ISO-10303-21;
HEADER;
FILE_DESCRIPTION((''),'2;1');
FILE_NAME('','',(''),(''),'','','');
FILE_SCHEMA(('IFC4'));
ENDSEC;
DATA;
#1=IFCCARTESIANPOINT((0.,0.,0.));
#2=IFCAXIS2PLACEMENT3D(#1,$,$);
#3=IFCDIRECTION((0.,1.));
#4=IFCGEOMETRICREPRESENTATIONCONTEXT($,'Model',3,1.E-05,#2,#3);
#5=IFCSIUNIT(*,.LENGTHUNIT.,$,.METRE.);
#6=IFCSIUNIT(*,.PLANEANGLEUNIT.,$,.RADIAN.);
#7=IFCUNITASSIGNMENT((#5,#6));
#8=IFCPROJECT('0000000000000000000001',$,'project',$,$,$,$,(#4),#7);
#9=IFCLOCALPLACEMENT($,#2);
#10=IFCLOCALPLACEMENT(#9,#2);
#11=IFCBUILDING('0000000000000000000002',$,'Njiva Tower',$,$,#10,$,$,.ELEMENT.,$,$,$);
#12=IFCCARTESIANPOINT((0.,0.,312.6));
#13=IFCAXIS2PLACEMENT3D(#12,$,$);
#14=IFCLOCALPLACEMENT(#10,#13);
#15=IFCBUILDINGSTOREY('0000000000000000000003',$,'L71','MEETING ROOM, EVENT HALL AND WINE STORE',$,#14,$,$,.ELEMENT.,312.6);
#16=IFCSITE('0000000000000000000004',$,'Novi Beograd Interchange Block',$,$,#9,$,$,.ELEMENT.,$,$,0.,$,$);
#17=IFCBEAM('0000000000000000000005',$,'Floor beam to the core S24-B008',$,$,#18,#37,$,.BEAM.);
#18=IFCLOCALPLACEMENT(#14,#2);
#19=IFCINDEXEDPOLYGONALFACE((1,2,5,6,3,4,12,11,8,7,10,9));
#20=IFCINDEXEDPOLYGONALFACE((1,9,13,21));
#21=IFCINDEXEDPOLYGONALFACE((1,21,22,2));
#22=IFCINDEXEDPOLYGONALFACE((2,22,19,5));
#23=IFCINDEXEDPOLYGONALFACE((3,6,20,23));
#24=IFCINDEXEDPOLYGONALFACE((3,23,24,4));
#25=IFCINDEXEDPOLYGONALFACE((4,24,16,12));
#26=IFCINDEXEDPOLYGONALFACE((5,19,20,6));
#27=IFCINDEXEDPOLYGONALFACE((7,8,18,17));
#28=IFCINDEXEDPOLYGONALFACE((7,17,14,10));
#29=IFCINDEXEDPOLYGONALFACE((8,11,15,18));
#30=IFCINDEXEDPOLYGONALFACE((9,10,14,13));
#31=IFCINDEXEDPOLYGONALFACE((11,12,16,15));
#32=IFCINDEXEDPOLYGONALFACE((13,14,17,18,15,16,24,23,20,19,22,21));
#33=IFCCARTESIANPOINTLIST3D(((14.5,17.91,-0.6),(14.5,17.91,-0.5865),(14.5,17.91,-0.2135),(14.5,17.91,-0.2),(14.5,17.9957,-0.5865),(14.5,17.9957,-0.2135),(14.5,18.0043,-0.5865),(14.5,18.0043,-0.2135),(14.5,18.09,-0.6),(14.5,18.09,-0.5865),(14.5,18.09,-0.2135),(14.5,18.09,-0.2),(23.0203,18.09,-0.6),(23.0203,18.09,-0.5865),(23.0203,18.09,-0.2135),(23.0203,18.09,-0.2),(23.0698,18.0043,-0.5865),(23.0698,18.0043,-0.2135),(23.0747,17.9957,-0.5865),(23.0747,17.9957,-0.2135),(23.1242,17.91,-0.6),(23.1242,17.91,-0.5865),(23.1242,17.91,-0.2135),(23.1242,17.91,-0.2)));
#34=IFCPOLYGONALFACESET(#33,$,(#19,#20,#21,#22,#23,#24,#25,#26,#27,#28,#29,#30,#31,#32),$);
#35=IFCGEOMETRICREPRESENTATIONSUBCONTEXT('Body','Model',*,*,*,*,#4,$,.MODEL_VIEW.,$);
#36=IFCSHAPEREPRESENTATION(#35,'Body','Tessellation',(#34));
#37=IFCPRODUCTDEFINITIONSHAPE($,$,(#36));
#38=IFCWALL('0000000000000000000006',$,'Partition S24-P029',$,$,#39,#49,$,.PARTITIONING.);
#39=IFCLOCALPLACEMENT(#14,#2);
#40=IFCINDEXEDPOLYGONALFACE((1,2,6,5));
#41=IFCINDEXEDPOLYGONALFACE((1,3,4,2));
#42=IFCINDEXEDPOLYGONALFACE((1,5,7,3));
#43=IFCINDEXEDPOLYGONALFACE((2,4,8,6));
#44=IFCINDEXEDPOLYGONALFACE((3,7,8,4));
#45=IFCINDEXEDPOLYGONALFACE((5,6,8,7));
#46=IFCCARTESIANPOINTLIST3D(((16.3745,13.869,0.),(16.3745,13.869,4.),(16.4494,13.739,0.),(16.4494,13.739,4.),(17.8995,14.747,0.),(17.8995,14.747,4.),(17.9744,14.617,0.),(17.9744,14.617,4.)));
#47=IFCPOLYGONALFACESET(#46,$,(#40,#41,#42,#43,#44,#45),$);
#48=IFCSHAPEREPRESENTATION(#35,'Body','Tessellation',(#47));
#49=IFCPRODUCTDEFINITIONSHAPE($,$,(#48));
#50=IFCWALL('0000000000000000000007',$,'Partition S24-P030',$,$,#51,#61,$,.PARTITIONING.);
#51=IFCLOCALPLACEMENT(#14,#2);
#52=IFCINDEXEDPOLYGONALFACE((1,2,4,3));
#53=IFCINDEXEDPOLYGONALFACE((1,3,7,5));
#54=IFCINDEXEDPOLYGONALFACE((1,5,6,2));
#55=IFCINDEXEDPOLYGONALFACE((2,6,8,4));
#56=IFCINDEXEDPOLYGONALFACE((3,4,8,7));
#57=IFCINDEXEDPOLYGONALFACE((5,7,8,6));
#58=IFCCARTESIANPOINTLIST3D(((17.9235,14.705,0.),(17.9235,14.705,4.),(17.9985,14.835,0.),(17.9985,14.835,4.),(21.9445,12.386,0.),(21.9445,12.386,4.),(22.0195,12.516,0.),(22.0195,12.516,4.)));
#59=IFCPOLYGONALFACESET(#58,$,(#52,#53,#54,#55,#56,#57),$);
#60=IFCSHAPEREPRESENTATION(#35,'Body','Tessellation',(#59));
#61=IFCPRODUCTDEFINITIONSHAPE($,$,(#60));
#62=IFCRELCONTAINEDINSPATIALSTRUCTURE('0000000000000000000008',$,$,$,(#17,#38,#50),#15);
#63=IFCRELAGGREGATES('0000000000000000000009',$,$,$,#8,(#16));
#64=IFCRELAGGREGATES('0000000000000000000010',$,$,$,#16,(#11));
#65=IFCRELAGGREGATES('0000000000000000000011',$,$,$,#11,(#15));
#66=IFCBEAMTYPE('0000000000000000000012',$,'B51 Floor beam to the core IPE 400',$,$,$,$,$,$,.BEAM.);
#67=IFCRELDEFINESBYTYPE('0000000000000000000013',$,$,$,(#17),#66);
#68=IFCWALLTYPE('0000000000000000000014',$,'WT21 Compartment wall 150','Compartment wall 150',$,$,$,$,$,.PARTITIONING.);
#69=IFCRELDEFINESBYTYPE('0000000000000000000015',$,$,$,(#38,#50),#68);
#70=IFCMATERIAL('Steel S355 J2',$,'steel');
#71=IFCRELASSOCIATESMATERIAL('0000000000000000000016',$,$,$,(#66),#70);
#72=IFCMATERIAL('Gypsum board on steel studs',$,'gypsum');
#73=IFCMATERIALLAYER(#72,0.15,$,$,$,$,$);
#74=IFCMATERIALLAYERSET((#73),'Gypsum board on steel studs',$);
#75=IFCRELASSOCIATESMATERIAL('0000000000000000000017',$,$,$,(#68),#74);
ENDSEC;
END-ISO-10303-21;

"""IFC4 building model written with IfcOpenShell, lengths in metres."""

from ifc_helpers import new_model, si_unit, direction, frame, frame_2d, origin, origin_2d, place, context, subcontext, project, spatial, rectangle, i_section, extrude, clip, halfspace, material, layer, layer_set, material_profile, profile_set, type_object, element, save


model = new_model("IFC4")

# Units and contexts
model_context = context("Model", 3, precision=1e-05, world=origin(), true_north=direction((0.0, 1.0)))
body_context = subcontext(model_context, "Body", "Model", "MODEL_VIEW")
ifc_project = project(units=[si_unit("LENGTHUNIT", "METRE"), si_unit("PLANEANGLEUNIT", "RADIAN")], contexts=[model_context])

# Site, building, storey
site_placement = place(None, origin())
site = spatial("IfcSite", under=ifc_project, at=site_placement, Name="Novi Beograd Interchange Block", CompositionType="ELEMENT", RefElevation=0.0)
building_placement = place(site_placement, origin())
building = spatial("IfcBuilding", under=site, at=building_placement, Name="Njiva Tower", CompositionType="ELEMENT")
storey_placement = place(building_placement, frame((0.0, 0.0, 312.6)))
storey = spatial("IfcBuildingStorey", under=building, at=storey_placement, Name="L71", Description="MEETING ROOM, EVENT HALL AND WINE STORE", CompositionType="ELEMENT", Elevation=312.6)

# Shared definitions
ifc_material_1 = material(Name="Steel S355 J2", Category="steel")

# Beam
ifc_material_profile_1 = material_profile(ifc_material_1, i_section(OverallWidth=0.18, OverallDepth=0.4, WebThickness=0.0086, FlangeThickness=0.0135, at=origin_2d()), Name="IPE 400")
ifc_profile_set_1 = profile_set([ifc_material_profile_1], Name="Steel S355 J2")
beam_type_1 = type_object("IfcBeamType", Name="B51 Floor beam to the core IPE 400", PredefinedType="BEAM", material=ifc_profile_set_1)
beam_1_placement = place(storey_placement, frame((14.5, 18.0, -0.4), z_axis=(1.0, 0.0, 0.0), x_axis=(0.0, 1.0, 0.0)))
element("IfcBeam", 1, at=beam_1_placement, inside=storey, type_object=beam_type_1, Name="Floor beam to the core S24-B008", PredefinedType="BEAM", context=body_context, shape_type="Clipping", body=[
    clip(extrude(i_section(OverallWidth=0.18, OverallDepth=0.4, WebThickness=0.0086, FlangeThickness=0.0135, at=origin_2d()), origin(), (0.0, 0.0, 1.0), 8.644), halfspace(frame((0.025, 0.0, 8.5578), z_axis=(0.499998, 0.0, 0.866027), x_axis=(0.0, 1.0, 0.0)), False)),
])

# Walls
ifc_material_2 = material(Name="Gypsum board on steel studs", Category="gypsum")
ifc_layer_1 = layer(ifc_material_2, 0.15)
ifc_layer_set_1 = layer_set([ifc_layer_1], Name="Gypsum board on steel studs")
wall_type_1 = type_object("IfcWallType", Name="WT21 Compartment wall 150", Description="Compartment wall 150", PredefinedType="PARTITIONING", material=ifc_layer_set_1)
wall_1_placement = place(storey_placement, frame((16.412, 13.804, 0.0), z_axis=(0.0, 0.0, 1.0), x_axis=(0.86663, 0.498952, 0.0)))
element("IfcWall", 2, at=wall_1_placement, inside=storey, type_object=wall_type_1, Name="Partition S24-P029", PredefinedType="PARTITIONING", context=body_context, shape_type="SweptSolid", body=[
    extrude(rectangle(XDim=1.7597, YDim=0.15, at=frame_2d((0.8798, 0.0))), origin(), (0.0, 0.0, 1.0), 4.0),
])
wall_2_placement = place(storey_placement, frame((17.961, 14.77, 0.0), z_axis=(0.0, 0.0, 1.0), x_axis=(0.866261, -0.499592, 0.0)))
element("IfcWall", 3, at=wall_2_placement, inside=storey, type_object=wall_type_1, Name="Partition S24-P030", PredefinedType="PARTITIONING", context=body_context, shape_type="SweptSolid", body=[
    extrude(rectangle(XDim=4.6418, YDim=0.15, at=frame_2d((2.3209, 0.0))), origin(), (0.0, 0.0, 1.0), 4.0),
])

save(model, "model.ifc")
